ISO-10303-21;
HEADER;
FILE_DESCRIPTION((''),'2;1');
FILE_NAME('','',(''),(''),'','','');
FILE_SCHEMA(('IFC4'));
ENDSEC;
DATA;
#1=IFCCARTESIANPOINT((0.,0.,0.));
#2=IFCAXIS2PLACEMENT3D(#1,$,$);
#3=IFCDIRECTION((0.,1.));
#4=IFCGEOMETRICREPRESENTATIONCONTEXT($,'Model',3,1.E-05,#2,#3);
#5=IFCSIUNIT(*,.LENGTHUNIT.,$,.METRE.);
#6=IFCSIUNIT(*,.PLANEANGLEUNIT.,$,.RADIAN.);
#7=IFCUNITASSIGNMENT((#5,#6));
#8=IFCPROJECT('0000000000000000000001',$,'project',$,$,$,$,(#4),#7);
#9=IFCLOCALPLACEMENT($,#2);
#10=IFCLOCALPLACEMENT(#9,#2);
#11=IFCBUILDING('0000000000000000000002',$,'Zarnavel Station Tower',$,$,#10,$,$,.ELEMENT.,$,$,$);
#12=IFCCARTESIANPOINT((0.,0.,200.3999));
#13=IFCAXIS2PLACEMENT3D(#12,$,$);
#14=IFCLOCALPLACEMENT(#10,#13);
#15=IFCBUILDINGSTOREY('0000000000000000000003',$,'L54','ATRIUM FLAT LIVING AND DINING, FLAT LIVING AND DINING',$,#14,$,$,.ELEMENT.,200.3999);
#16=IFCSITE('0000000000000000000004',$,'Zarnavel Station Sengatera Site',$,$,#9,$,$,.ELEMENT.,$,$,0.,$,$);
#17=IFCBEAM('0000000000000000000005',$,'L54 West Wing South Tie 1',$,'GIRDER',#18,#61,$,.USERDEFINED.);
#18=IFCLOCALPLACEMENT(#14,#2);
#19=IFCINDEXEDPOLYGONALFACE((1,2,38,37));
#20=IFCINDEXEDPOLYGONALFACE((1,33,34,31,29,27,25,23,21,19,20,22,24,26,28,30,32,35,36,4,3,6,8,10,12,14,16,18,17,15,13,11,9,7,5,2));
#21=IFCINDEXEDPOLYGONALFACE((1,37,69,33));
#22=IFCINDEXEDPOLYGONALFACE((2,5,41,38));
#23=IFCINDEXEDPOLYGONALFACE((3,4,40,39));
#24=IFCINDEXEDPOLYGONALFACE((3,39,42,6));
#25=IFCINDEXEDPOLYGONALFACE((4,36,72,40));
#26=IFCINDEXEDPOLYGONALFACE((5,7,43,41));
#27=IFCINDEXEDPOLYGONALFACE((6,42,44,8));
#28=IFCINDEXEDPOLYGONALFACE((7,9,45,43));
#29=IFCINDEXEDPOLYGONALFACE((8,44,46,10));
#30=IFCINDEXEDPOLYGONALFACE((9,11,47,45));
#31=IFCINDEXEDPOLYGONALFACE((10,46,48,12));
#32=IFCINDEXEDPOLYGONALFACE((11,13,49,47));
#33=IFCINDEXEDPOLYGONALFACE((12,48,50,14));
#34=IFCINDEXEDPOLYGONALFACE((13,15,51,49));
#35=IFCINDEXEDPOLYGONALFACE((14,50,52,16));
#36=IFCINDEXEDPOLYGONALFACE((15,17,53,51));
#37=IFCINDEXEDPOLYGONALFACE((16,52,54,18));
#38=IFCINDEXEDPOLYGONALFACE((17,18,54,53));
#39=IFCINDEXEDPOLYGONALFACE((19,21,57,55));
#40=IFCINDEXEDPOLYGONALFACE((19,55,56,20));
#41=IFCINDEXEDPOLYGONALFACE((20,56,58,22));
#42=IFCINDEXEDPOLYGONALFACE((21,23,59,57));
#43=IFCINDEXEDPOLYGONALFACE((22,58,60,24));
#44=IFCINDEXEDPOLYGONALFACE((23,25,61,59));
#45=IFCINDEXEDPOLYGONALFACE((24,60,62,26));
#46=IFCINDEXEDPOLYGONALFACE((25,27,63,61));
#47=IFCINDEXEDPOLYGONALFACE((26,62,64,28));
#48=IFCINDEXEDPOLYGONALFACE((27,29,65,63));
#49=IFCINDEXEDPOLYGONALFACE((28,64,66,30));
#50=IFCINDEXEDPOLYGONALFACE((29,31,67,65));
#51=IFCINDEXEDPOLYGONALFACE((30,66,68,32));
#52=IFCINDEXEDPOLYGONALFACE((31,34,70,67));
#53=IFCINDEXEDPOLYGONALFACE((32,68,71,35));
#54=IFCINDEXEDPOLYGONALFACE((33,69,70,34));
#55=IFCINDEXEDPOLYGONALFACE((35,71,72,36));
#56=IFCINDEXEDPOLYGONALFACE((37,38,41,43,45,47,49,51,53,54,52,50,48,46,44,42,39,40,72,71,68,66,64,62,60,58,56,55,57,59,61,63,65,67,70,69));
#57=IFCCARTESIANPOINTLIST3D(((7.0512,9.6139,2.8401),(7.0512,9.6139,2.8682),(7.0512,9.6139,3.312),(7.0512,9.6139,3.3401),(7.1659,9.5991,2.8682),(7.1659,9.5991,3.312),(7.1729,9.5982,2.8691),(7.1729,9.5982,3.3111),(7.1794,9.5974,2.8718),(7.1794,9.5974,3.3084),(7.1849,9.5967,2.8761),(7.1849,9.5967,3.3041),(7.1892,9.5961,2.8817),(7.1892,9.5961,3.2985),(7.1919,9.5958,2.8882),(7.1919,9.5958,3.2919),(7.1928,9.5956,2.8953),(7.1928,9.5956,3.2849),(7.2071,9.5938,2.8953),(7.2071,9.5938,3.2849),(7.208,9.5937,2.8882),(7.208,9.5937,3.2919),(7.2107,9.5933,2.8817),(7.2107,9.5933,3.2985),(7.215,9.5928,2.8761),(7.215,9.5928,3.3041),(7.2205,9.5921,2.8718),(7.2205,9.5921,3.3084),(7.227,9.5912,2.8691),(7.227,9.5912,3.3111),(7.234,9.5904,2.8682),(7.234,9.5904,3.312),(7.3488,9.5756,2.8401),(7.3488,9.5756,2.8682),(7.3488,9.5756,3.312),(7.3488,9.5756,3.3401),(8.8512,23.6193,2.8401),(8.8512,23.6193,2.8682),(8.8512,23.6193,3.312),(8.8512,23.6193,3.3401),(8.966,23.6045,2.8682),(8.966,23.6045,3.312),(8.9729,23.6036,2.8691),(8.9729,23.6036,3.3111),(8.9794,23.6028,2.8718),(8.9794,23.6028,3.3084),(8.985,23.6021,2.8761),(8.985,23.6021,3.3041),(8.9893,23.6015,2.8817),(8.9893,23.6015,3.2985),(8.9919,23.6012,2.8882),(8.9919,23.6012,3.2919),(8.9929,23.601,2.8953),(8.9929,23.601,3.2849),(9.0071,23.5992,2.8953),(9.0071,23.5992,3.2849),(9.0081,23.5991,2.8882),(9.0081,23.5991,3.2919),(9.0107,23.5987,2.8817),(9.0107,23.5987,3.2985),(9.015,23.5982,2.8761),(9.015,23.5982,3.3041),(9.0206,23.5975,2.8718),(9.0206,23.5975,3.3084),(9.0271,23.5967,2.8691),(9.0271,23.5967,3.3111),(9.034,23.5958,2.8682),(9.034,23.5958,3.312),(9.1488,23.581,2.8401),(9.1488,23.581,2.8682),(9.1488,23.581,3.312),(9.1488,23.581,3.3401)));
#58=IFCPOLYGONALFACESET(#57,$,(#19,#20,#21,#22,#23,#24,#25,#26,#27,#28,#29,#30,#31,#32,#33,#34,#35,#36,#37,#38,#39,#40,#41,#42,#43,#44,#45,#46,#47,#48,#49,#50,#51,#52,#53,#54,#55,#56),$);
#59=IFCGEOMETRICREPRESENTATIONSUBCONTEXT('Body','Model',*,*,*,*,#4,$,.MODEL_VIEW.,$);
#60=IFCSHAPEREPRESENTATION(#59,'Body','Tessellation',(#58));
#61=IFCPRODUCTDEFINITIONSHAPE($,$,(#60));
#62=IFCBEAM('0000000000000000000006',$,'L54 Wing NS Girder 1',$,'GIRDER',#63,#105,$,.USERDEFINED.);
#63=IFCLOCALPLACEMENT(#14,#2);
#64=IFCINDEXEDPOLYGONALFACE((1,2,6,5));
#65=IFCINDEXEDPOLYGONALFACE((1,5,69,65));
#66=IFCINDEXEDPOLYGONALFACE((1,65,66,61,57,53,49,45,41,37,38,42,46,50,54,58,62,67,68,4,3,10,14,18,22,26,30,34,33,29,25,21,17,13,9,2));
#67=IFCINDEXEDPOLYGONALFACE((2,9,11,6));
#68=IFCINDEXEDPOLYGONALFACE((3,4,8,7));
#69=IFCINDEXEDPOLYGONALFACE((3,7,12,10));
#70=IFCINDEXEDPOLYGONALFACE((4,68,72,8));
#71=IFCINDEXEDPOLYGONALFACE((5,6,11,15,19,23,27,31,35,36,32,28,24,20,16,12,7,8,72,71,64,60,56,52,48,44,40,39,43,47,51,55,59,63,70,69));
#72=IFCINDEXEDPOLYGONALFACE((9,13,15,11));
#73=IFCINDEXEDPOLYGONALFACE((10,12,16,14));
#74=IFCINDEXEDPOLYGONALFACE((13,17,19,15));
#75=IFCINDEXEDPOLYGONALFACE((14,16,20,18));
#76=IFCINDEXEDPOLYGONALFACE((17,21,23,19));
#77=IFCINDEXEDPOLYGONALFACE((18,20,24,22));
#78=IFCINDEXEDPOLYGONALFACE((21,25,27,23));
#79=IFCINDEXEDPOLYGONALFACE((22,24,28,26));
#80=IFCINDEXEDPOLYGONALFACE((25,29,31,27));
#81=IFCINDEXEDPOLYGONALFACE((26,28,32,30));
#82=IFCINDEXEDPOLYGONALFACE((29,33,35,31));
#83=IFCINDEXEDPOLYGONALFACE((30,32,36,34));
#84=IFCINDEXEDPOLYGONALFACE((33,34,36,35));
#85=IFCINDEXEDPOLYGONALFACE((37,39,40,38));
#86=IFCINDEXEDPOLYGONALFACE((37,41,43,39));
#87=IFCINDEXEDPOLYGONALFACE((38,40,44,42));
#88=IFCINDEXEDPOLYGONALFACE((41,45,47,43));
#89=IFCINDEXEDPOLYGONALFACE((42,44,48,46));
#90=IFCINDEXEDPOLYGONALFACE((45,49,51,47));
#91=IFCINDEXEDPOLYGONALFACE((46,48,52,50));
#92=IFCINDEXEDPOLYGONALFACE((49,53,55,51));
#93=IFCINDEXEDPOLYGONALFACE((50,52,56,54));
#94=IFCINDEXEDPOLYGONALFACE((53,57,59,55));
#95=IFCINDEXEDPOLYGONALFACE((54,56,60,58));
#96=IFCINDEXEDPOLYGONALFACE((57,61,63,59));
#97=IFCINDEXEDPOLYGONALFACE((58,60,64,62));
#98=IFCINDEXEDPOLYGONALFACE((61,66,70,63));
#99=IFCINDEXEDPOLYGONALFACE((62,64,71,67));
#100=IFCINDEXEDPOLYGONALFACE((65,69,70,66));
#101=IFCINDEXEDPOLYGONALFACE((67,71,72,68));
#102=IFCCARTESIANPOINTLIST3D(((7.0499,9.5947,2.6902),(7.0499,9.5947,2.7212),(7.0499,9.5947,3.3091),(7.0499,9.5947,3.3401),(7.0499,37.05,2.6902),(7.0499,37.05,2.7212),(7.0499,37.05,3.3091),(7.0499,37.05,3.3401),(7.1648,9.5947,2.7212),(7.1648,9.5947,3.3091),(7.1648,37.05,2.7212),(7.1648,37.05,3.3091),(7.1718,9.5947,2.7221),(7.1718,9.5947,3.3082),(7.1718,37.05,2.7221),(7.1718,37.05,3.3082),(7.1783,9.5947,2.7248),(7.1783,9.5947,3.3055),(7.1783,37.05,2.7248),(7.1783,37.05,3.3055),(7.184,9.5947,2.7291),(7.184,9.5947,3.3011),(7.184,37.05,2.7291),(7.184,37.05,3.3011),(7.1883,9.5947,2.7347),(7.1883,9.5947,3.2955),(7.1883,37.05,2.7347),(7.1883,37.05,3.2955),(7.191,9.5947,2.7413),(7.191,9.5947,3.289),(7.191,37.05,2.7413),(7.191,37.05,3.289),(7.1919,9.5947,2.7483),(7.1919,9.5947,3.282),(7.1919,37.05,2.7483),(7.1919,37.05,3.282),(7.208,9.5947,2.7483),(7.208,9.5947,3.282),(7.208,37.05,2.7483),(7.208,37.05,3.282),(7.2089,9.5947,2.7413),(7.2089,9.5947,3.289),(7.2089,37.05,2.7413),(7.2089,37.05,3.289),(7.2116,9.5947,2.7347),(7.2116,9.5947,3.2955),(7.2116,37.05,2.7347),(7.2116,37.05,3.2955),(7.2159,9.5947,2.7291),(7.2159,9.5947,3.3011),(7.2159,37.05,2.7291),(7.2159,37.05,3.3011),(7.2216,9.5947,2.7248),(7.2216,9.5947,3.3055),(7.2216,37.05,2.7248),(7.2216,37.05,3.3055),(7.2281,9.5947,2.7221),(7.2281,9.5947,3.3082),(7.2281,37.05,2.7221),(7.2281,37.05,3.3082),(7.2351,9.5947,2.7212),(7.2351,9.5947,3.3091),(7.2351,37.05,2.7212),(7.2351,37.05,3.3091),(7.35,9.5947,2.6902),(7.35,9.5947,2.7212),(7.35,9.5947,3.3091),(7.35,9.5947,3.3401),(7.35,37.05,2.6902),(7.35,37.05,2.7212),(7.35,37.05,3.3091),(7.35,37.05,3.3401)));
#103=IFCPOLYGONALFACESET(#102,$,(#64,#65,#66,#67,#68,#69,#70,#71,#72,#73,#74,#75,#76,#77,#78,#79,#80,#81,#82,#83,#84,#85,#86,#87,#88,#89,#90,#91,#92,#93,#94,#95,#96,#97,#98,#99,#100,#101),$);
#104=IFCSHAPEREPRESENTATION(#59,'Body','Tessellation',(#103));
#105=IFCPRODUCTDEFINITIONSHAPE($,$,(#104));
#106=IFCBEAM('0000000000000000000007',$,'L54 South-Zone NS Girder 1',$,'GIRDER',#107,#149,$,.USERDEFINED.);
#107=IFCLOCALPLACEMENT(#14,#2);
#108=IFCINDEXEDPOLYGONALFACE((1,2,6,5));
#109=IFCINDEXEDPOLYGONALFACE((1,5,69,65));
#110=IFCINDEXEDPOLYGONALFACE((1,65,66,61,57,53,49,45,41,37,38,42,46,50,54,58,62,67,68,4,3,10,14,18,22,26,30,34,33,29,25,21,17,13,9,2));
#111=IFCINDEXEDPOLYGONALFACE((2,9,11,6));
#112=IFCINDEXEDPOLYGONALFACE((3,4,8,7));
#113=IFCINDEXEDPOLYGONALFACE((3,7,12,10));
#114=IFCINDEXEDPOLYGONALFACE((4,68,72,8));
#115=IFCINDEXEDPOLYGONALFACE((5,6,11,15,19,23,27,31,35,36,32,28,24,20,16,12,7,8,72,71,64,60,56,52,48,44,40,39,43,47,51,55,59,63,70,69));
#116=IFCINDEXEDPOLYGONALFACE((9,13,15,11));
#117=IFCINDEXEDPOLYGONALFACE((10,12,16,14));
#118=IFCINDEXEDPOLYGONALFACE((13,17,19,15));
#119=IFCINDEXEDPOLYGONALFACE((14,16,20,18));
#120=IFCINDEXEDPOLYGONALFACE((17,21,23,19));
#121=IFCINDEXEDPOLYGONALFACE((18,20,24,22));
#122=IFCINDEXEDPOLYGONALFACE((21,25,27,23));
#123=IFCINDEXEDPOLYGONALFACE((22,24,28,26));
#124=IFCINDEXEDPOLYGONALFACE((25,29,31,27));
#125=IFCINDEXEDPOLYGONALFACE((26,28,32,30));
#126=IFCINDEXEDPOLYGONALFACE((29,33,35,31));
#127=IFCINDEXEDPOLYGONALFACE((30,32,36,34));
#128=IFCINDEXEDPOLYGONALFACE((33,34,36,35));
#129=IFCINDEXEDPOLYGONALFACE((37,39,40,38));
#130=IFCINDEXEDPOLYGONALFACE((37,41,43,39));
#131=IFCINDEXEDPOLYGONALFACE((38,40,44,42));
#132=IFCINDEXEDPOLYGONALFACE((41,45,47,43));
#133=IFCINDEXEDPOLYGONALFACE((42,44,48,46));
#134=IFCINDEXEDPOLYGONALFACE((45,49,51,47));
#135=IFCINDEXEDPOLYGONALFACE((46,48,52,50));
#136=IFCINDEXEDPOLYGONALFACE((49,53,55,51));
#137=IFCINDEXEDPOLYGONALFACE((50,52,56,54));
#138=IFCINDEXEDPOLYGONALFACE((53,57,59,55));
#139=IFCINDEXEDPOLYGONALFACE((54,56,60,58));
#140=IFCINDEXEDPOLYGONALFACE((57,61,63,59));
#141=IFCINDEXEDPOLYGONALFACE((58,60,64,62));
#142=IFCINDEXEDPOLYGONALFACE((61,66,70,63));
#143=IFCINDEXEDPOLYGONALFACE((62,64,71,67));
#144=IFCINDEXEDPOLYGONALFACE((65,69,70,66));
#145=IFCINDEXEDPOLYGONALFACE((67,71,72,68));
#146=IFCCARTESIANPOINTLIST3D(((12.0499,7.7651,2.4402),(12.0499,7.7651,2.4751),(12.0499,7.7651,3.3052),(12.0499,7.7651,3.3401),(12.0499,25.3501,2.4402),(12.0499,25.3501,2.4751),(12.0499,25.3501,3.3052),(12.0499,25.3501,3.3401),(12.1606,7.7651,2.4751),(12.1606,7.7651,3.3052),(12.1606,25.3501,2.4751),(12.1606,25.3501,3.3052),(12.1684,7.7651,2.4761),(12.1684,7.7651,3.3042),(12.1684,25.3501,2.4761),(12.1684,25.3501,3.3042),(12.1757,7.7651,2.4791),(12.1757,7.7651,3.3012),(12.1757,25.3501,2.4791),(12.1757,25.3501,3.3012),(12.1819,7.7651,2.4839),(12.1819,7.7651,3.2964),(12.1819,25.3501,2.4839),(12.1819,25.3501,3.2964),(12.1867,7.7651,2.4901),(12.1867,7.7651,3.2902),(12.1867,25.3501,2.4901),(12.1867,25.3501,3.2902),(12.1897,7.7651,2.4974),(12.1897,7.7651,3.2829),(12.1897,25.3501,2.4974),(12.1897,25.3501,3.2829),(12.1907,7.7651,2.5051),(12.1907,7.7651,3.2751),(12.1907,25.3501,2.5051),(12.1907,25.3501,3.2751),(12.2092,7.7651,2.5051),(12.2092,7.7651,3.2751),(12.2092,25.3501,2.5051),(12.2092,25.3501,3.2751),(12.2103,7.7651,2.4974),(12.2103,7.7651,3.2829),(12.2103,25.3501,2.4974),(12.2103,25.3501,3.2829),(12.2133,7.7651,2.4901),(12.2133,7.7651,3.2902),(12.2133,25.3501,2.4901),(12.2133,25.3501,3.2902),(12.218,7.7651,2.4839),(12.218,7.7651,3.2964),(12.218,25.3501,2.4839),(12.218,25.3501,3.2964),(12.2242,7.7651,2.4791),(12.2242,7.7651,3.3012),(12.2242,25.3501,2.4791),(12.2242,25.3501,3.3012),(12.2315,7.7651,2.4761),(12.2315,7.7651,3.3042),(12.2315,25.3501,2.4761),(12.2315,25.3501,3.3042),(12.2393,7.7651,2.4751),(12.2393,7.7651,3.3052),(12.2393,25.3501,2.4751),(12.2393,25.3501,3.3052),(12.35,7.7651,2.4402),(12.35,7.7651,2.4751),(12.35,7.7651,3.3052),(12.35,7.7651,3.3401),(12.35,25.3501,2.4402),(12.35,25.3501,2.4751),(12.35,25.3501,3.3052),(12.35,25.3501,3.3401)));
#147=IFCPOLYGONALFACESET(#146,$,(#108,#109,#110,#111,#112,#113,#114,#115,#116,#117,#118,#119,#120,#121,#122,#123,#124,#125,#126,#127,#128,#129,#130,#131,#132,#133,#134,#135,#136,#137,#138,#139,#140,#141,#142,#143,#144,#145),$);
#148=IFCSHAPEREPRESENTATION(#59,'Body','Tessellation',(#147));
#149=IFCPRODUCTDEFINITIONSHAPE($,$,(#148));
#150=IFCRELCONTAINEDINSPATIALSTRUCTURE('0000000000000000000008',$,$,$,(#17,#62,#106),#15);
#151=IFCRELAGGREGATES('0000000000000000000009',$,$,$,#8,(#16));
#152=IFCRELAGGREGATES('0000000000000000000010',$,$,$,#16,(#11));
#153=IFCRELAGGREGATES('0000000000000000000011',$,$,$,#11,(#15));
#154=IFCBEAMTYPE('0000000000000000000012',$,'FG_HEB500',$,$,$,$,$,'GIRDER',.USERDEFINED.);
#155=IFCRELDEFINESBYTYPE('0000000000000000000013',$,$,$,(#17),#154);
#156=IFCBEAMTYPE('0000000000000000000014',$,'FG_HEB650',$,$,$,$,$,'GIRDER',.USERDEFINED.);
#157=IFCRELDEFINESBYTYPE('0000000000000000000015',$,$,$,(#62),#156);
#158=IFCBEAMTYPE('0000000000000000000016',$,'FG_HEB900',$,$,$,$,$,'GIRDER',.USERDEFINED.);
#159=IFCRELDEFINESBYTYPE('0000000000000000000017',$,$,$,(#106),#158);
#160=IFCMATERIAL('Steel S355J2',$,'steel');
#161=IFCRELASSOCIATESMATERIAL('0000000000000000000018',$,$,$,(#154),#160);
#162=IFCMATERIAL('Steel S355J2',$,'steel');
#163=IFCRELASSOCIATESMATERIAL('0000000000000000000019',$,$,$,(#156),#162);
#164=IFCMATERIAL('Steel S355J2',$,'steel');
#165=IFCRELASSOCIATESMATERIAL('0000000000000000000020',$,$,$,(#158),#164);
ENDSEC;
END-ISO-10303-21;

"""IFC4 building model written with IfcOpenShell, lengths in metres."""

from ifc_helpers import new_model, si_unit, direction, frame, origin, origin_2d, place, context, subcontext, project, spatial, i_section, extrude, material, material_profile, profile_set, type_object, element, save


model = new_model("IFC4")

# Units and contexts
model_context = context("Model", 3, precision=1e-05, world=origin(), true_north=direction((0.0, 1.0)))
body_context = subcontext(model_context, "Body", "Model", "MODEL_VIEW")
ifc_project = project(units=[si_unit("LENGTHUNIT", "METRE"), si_unit("PLANEANGLEUNIT", "RADIAN")], contexts=[model_context])

# Site, building, storey
site_placement = place(None, origin())
site = spatial("IfcSite", under=ifc_project, at=site_placement, Name="Zarnavel Station Sengatera Site", CompositionType="ELEMENT", RefElevation=0.0)
building_placement = place(site_placement, origin())
building = spatial("IfcBuilding", under=site, at=building_placement, Name="Zarnavel Station Tower", CompositionType="ELEMENT")
storey_placement = place(building_placement, frame((0.0, 0.0, 200.3999)))
storey = spatial("IfcBuildingStorey", under=building, at=storey_placement, Name="L54", Description="ATRIUM FLAT LIVING AND DINING, FLAT LIVING AND DINING", CompositionType="ELEMENT", Elevation=200.3999)

# Beams
ifc_material_1 = material(Name="Steel S355J2", Category="steel")
ifc_material_profile_1 = material_profile(ifc_material_1, i_section(OverallWidth=0.3, OverallDepth=0.5, WebThickness=0.0144, FlangeThickness=0.0281, FilletRadius=0.0271, at=origin_2d()), Name="HEB500")
ifc_profile_set_1 = profile_set([ifc_material_profile_1], Name="Steel S355J2")
beam_type_1 = type_object("IfcBeamType", Name="FG_HEB500", ElementType="GIRDER", PredefinedType="USERDEFINED", material=ifc_profile_set_1)
beam_1_placement = place(storey_placement, frame((7.2, 9.5947, 3.0901), z_axis=(0.127477, 0.991842, 0.0), x_axis=(-0.991842, 0.127477, 0.0)))
element("IfcBeam", 1, at=beam_1_placement, inside=storey, type_object=beam_type_1, Name="L54 West Wing South Tie 1", ObjectType="GIRDER", PredefinedType="USERDEFINED", context=body_context, shape_type="SweptSolid", body=[
    extrude(i_section(OverallWidth=0.3, OverallDepth=0.5, WebThickness=0.0144, FlangeThickness=0.0281, FilletRadius=0.0271, at=origin_2d()), origin(), (0.0, 0.0, 1.0), 14.1206),
])
ifc_material_2 = material(Name="Steel S355J2", Category="steel")
ifc_material_profile_2 = material_profile(ifc_material_2, i_section(OverallWidth=0.3, OverallDepth=0.6499, WebThickness=0.0161, FlangeThickness=0.031, FilletRadius=0.0271, at=origin_2d()), Name="HEB650")
ifc_profile_set_2 = profile_set([ifc_material_profile_2], Name="Steel S355J2")
beam_type_2 = type_object("IfcBeamType", Name="FG_HEB650", ElementType="GIRDER", PredefinedType="USERDEFINED", material=ifc_profile_set_2)
beam_2_placement = place(storey_placement, frame((7.2, 9.5947, 3.0151), z_axis=(0.0, 1.0, 0.0), x_axis=(-1.0, 0.0, 0.0)))
element("IfcBeam", 2, at=beam_2_placement, inside=storey, type_object=beam_type_2, Name="L54 Wing NS Girder 1", ObjectType="GIRDER", PredefinedType="USERDEFINED", context=body_context, shape_type="SweptSolid", body=[
    extrude(i_section(OverallWidth=0.3, OverallDepth=0.6499, WebThickness=0.0161, FlangeThickness=0.031, FilletRadius=0.0271, at=origin_2d()), origin(), (0.0, 0.0, 1.0), 27.4553),
])
ifc_material_3 = material(Name="Steel S355J2", Category="steel")
ifc_material_profile_3 = material_profile(ifc_material_3, i_section(OverallWidth=0.3, OverallDepth=0.8999, WebThickness=0.0186, FlangeThickness=0.0349, FilletRadius=0.03, at=origin_2d()), Name="HEB900")
ifc_profile_set_3 = profile_set([ifc_material_profile_3], Name="Steel S355J2")
beam_type_3 = type_object("IfcBeamType", Name="FG_HEB900", ElementType="GIRDER", PredefinedType="USERDEFINED", material=ifc_profile_set_3)
beam_3_placement = place(storey_placement, frame((12.2, 7.7651, 2.8901), z_axis=(0.0, 1.0, 0.0), x_axis=(-1.0, 0.0, 0.0)))
element("IfcBeam", 3, at=beam_3_placement, inside=storey, type_object=beam_type_3, Name="L54 South-Zone NS Girder 1", ObjectType="GIRDER", PredefinedType="USERDEFINED", context=body_context, shape_type="SweptSolid", body=[
    extrude(i_section(OverallWidth=0.3, OverallDepth=0.8999, WebThickness=0.0186, FlangeThickness=0.0349, FilletRadius=0.03, at=origin_2d()), origin(), (0.0, 0.0, 1.0), 17.585),
])

save(model, "model.ifc")
